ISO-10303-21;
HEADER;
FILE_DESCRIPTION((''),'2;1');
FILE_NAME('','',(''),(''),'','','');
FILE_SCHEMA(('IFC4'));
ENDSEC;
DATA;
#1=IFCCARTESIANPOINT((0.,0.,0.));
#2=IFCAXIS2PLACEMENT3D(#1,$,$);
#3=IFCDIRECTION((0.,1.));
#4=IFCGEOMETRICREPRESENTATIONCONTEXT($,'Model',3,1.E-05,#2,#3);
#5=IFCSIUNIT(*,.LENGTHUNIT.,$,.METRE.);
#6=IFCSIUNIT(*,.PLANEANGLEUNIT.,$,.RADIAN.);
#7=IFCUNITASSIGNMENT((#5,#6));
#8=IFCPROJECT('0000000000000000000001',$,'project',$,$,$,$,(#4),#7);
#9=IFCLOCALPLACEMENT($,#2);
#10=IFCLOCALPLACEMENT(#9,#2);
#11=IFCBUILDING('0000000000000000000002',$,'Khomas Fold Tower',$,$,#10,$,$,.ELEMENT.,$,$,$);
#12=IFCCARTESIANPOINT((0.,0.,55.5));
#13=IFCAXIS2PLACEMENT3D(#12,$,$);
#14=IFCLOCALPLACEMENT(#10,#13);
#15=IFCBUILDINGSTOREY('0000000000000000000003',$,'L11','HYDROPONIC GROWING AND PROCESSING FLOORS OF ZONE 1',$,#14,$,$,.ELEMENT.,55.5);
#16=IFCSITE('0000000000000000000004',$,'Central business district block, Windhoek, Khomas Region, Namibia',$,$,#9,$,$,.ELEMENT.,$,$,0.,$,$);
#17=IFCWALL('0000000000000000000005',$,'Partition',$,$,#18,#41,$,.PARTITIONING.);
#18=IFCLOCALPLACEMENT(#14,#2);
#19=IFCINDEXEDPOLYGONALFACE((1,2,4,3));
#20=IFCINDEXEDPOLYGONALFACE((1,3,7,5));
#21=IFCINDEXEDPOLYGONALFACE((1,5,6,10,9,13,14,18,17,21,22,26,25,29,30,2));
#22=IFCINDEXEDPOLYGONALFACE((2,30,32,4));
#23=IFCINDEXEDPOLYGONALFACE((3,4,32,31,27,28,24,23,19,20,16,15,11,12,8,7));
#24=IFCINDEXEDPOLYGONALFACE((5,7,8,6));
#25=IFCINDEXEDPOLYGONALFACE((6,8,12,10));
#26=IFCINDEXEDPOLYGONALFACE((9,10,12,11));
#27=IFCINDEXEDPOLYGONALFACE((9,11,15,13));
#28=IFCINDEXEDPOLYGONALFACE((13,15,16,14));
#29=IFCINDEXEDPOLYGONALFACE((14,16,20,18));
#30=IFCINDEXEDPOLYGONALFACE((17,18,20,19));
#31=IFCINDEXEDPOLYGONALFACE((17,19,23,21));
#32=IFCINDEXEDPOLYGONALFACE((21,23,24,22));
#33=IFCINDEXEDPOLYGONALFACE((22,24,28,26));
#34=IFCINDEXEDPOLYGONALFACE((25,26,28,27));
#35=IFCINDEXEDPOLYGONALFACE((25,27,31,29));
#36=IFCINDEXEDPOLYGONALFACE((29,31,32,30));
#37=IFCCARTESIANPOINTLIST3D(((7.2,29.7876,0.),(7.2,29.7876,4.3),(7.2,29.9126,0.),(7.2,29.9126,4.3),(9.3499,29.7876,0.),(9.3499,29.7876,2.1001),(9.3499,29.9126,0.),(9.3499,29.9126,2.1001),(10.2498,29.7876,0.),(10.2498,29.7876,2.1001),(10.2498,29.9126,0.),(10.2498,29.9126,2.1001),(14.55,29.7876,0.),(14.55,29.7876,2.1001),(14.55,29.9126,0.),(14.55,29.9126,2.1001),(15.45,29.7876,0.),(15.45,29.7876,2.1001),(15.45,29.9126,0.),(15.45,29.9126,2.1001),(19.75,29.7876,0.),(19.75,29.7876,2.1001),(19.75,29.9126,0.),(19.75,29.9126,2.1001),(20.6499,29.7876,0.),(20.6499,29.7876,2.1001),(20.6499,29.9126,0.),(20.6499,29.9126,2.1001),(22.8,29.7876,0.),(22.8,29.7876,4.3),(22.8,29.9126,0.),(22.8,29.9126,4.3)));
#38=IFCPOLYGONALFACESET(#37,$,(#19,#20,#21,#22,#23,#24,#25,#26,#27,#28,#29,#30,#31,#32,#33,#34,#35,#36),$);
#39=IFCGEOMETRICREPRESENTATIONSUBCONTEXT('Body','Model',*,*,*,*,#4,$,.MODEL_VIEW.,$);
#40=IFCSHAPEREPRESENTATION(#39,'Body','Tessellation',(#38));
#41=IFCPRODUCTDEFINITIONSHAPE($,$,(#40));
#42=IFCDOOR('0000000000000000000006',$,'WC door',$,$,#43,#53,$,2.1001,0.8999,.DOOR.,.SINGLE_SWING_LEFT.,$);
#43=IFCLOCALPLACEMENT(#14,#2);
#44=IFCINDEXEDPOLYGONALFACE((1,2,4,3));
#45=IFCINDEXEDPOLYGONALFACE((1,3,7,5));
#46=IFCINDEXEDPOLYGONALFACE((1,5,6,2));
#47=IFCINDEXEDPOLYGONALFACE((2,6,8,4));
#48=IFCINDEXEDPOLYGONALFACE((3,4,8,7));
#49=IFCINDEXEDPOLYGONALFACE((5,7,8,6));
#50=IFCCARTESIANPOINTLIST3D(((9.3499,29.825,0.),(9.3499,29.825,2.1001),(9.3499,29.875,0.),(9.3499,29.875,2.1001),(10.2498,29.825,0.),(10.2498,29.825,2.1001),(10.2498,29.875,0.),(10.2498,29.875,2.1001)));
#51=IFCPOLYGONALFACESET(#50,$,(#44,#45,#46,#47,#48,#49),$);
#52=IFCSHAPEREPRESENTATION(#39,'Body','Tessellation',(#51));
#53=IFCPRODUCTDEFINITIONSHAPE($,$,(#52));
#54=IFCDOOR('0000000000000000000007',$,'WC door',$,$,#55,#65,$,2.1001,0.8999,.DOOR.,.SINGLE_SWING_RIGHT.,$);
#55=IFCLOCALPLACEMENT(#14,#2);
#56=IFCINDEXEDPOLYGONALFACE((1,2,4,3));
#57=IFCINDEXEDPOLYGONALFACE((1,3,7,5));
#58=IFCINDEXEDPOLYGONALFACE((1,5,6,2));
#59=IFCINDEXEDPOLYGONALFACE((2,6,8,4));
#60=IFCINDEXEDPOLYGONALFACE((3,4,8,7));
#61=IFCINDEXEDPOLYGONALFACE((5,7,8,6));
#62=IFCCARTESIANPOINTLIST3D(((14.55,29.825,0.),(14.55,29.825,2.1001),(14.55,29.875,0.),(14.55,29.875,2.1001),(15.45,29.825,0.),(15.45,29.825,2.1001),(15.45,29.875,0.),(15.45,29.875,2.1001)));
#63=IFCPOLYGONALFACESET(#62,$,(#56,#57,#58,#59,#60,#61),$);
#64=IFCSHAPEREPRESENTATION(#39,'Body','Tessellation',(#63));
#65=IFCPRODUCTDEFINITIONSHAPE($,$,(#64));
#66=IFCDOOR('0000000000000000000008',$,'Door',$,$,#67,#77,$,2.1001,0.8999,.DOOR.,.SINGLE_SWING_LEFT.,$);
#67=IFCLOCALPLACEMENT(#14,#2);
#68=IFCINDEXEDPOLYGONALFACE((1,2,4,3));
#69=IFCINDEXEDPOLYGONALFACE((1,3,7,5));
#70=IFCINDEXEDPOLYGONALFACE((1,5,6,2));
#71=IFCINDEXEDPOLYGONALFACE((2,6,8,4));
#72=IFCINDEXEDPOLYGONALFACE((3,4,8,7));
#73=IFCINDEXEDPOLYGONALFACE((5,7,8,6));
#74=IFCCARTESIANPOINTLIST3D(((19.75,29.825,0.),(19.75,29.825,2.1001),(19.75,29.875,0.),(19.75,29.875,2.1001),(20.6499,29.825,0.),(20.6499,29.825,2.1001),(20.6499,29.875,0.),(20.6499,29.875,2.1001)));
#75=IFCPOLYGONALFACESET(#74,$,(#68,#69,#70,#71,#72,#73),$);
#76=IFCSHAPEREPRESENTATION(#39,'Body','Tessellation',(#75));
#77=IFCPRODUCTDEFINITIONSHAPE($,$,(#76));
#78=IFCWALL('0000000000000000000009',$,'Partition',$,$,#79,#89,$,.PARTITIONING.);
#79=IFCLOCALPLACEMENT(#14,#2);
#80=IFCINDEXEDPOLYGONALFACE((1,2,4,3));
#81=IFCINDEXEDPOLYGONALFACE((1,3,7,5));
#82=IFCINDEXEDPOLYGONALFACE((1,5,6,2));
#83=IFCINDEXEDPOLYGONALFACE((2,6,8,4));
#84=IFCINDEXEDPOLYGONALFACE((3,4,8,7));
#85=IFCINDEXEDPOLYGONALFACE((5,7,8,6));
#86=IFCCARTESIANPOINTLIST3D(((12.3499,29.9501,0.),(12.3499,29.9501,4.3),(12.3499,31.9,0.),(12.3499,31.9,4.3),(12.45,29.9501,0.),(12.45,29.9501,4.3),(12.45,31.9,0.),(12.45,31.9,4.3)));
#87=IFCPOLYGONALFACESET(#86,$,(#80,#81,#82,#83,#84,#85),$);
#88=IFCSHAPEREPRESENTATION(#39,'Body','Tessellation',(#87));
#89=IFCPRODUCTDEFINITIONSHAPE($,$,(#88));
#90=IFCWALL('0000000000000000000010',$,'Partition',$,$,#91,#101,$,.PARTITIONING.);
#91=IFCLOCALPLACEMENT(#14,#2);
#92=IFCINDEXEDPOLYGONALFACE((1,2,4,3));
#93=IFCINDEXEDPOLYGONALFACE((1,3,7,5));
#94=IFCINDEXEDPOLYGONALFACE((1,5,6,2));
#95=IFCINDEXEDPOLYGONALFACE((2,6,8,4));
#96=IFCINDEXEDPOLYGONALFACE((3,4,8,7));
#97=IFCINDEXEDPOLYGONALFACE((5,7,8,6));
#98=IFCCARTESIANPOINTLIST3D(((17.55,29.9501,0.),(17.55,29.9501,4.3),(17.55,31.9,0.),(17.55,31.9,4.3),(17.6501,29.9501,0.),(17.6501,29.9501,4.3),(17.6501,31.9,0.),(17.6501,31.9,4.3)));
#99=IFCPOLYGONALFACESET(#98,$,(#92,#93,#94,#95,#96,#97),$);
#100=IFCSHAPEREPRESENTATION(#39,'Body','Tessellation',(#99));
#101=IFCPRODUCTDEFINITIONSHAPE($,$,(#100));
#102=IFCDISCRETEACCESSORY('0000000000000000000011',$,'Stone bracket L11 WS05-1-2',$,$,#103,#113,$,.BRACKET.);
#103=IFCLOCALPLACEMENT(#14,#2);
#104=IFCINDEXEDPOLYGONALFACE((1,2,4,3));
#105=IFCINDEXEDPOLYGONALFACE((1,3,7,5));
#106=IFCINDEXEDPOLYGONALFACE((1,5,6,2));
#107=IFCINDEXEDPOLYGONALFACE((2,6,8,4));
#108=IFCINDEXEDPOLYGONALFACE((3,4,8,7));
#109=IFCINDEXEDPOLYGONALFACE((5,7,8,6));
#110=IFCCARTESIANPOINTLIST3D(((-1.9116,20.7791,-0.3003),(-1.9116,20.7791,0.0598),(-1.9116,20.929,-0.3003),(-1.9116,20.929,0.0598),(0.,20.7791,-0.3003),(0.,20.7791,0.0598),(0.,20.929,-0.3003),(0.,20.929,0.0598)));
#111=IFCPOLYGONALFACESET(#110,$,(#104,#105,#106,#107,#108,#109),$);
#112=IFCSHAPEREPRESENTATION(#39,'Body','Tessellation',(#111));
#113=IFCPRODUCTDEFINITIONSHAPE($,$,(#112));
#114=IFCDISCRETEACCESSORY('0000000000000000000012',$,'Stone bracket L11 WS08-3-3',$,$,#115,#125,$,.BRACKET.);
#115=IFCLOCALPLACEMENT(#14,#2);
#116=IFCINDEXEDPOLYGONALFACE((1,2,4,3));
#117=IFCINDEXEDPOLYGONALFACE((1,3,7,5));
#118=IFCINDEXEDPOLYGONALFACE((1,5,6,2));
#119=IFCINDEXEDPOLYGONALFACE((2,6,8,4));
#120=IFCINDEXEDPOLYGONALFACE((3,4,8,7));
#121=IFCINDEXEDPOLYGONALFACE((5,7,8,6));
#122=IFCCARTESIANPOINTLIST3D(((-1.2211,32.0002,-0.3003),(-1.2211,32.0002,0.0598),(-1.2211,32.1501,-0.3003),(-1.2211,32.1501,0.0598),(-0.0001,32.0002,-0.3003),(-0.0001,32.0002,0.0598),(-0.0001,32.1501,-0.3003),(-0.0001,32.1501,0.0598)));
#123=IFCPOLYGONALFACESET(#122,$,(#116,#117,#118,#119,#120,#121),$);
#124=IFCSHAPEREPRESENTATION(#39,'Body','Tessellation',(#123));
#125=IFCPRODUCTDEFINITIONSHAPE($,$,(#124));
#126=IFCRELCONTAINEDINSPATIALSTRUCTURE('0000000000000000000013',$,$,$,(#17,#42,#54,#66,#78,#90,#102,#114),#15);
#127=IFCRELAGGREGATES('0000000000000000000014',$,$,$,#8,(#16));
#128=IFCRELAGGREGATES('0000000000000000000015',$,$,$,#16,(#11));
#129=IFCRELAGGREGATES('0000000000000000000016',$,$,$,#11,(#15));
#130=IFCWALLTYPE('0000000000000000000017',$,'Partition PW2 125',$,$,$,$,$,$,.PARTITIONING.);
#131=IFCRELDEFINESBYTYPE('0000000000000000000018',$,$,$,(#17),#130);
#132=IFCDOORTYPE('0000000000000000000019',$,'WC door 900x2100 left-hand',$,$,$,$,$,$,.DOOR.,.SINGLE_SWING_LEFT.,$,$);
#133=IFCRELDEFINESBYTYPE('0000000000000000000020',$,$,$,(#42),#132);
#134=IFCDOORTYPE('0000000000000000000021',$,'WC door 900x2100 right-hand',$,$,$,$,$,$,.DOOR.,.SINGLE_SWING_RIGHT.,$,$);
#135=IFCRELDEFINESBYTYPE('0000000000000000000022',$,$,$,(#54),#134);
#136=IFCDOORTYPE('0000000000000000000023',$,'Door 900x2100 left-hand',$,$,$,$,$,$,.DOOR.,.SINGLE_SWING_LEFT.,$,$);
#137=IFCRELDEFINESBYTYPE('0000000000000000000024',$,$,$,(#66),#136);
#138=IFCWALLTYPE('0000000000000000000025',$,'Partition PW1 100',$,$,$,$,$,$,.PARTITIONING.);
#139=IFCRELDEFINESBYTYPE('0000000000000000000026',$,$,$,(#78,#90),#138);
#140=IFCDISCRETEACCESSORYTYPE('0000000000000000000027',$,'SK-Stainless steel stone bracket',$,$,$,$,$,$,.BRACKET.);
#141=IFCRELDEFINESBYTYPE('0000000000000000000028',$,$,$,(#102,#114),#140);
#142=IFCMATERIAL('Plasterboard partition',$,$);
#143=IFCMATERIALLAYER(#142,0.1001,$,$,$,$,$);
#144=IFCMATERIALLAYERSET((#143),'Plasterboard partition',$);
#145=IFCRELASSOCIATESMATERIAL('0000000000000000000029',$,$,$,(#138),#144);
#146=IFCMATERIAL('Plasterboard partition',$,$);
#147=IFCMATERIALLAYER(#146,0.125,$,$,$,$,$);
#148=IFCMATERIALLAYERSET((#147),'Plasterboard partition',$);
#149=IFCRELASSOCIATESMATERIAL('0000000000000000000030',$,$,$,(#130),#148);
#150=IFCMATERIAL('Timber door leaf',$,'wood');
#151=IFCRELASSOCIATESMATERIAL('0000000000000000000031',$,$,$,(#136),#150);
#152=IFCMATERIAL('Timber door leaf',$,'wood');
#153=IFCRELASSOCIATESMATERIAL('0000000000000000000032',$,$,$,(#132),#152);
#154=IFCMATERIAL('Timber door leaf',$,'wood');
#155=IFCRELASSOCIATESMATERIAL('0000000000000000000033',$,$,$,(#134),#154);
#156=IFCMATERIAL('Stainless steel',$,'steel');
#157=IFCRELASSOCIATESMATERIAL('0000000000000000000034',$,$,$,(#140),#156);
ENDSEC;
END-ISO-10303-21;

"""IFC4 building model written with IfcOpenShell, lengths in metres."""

from ifc_helpers import new_model, si_unit, direction, frame, frame_2d, origin, origin_2d, place, context, subcontext, project, spatial, rectangle, extrude, source, transform, mapped, material, layer, layer_set, type_object, element, fill, save


model = new_model("IFC4")

# Units and contexts
model_context = context("Model", 3, precision=1e-05, world=origin(), true_north=direction((0.0, 1.0)))
body_context = subcontext(model_context, "Body", "Model", "MODEL_VIEW")
ifc_project = project(units=[si_unit("LENGTHUNIT", "METRE"), si_unit("PLANEANGLEUNIT", "RADIAN")], contexts=[model_context])

# Site, building, storey
site_placement = place(None, origin())
site = spatial("IfcSite", under=ifc_project, at=site_placement, Name="Central business district block, Windhoek, Khomas Region, Namibia", CompositionType="ELEMENT", RefElevation=0.0)
building_placement = place(site_placement, origin())
building = spatial("IfcBuilding", under=site, at=building_placement, Name="Khomas Fold Tower", CompositionType="ELEMENT")
storey_placement = place(building_placement, frame((0.0, 0.0, 55.5)))
storey = spatial("IfcBuildingStorey", under=building, at=storey_placement, Name="L11", Description="HYDROPONIC GROWING AND PROCESSING FLOORS OF ZONE 1", CompositionType="ELEMENT", Elevation=55.5)

# Shared definitions
ifc_material_1 = material(Name="Plasterboard partition")
ifc_layer_1 = layer(ifc_material_1, 0.1001)
ifc_layer_set_1 = layer_set([ifc_layer_1], Name="Plasterboard partition")
wall_type_1 = type_object("IfcWallType", Name="Partition PW1 100", PredefinedType="PARTITIONING", material=ifc_layer_set_1)

# Shared definitions
ifc_material_2 = material(Name="Plasterboard partition")
ifc_layer_2 = layer(ifc_material_2, 0.125)
ifc_layer_set_2 = layer_set([ifc_layer_2], Name="Plasterboard partition")
wall_type_2 = type_object("IfcWallType", Name="Partition PW2 125", PredefinedType="PARTITIONING", material=ifc_layer_set_2)
shared_shape_1 = source(origin(), body_context, "Body", "SweptSolid", [
    extrude(rectangle(XDim=0.8999, YDim=2.1001, at=frame_2d((0.45, 1.05))), frame((0.0, 0.0249, 0.0), z_axis=(0.0, -1.0, 0.0), x_axis=(1.0, 0.0, 0.0)), (0.0, 0.0, 1.0), 0.05),
])
shared_shape_2 = source(origin(), body_context, "Body", "SweptSolid", [
    extrude(rectangle(XDim=0.8999, YDim=2.1001, at=frame_2d((0.45, 1.05))), frame((0.0, 0.0725, 0.0), z_axis=(0.0, -1.0, 0.0), x_axis=(1.0, 0.0, 0.0)), (0.0, 0.0, 1.0), 0.145),
])
ifc_material_3 = material(Name="Timber door leaf", Category="wood")
door_type_1 = type_object("IfcDoorType", Name="Door 900x2100 left-hand", OperationType="SINGLE_SWING_LEFT", PredefinedType="DOOR", material=ifc_material_3)

# Wall, openings, doors
shared_shape_3 = source(origin(), body_context, "Body", "SweptSolid", [
    extrude(rectangle(XDim=15.6001, YDim=0.125, at=frame_2d((7.8, 0.0))), origin(), (0.0, 0.0, 1.0), 4.3),
])
wall_1_placement = place(storey_placement, frame((7.2, 29.8501, 0.0), z_axis=(0.0, 0.0, 1.0), x_axis=(1.0, 0.0, 0.0)))
wall_1 = element("IfcWall", 1, at=wall_1_placement, inside=storey, type_object=wall_type_2, Name="Partition", PredefinedType="PARTITIONING", context=body_context, shape_type="MappedRepresentation", body=[
    mapped(shared_shape_3, transform((0.0, 0.0, 0.0))),
])
opening_1_placement = place(wall_1_placement, frame((2.1499, 0.0, 0.0)))
opening_1 = element("IfcOpeningElement", 2, at=opening_1_placement, cuts=wall_1, PredefinedType="OPENING", context=body_context, shape_type="MappedRepresentation", body=[
    mapped(shared_shape_2, transform((0.0, 0.0, 0.0))),
])
opening_2_placement = place(wall_1_placement, frame((7.3501, 0.0, 0.0)))
opening_2 = element("IfcOpeningElement", 3, at=opening_2_placement, cuts=wall_1, PredefinedType="OPENING", context=body_context, shape_type="MappedRepresentation", body=[
    mapped(shared_shape_2, transform((0.0, 0.0, 0.0))),
])
opening_3_placement = place(wall_1_placement, frame((12.55, 0.0, 0.0)))
opening_3 = element("IfcOpeningElement", 4, at=opening_3_placement, cuts=wall_1, PredefinedType="OPENING", context=body_context, shape_type="MappedRepresentation", body=[
    mapped(shared_shape_2, transform((0.0, 0.0, 0.0))),
])
ifc_material_4 = material(Name="Timber door leaf", Category="wood")
door_type_2 = type_object("IfcDoorType", Name="WC door 900x2100 left-hand", OperationType="SINGLE_SWING_LEFT", PredefinedType="DOOR", material=ifc_material_4)
door_1_placement = place(opening_1_placement, origin())
door_1 = element("IfcDoor", 5, at=door_1_placement, inside=storey, type_object=door_type_2, Name="WC door", OperationType="SINGLE_SWING_LEFT", OverallHeight=2.1001, OverallWidth=0.8999, PredefinedType="DOOR", context=body_context, shape_type="MappedRepresentation", body=[
    mapped(shared_shape_1, transform((0.0, 0.0, 0.0))),
])
fill(opening_1, door_1)
ifc_material_5 = material(Name="Timber door leaf", Category="wood")
door_type_3 = type_object("IfcDoorType", Name="WC door 900x2100 right-hand", OperationType="SINGLE_SWING_RIGHT", PredefinedType="DOOR", material=ifc_material_5)
door_2_placement = place(opening_2_placement, origin())
door_2 = element("IfcDoor", 6, at=door_2_placement, inside=storey, type_object=door_type_3, Name="WC door", OperationType="SINGLE_SWING_RIGHT", OverallHeight=2.1001, OverallWidth=0.8999, PredefinedType="DOOR", context=body_context, shape_type="MappedRepresentation", body=[
    mapped(shared_shape_1, transform((0.0, 0.0, 0.0))),
])
fill(opening_2, door_2)
door_3_placement = place(opening_3_placement, origin())
door_3 = element("IfcDoor", 7, at=door_3_placement, inside=storey, type_object=door_type_1, Name="Door", OperationType="SINGLE_SWING_LEFT", OverallHeight=2.1001, OverallWidth=0.8999, PredefinedType="DOOR", context=body_context, shape_type="MappedRepresentation", body=[
    mapped(shared_shape_1, transform((0.0, 0.0, 0.0))),
])
fill(opening_3, door_3)

# Walls
shared_shape_4 = source(origin(), body_context, "Body", "SweptSolid", [
    extrude(rectangle(XDim=1.95, YDim=0.1001, at=frame_2d((0.9751, 0.0))), origin(), (0.0, 0.0, 1.0), 4.3),
])
for number, where, z_axis, x_axis, name in (
    (8, (12.3999, 29.95, 0.0), (0.0, 0.0, 1.0), (0.0, 1.0, 0.0), "Partition"),
    (9, (17.6001, 29.95, 0.0), (0.0, 0.0, 1.0), (0.0, 1.0, 0.0), "Partition"),
):
    element("IfcWall", number, at=place(storey_placement, frame(where, z_axis=z_axis, x_axis=x_axis)), inside=storey, type_object=wall_type_1, Name=name, PredefinedType="PARTITIONING", context=body_context, shape_type="MappedRepresentation", body=[
        mapped(shared_shape_4, transform((0.0, 0.0, 0.0))),
    ])

# Discrete accessories
ifc_material_6 = material(Name="Stainless steel", Category="steel")
discrete_accessory_type = type_object("IfcDiscreteAccessoryType", Name="SK-Stainless steel stone bracket", PredefinedType="BRACKET", material=ifc_material_6)
shared_shape_5 = source(origin(), body_context, "Body", "SweptSolid", [
    extrude(rectangle(XDim=1.9116, YDim=0.1499, at=origin_2d()), origin(), (0.0, 0.0, 1.0), 0.3601),
])
discrete_accessory_1_placement = place(storey_placement, frame((-0.9558, 20.854, -0.3003), z_axis=(0.0, 0.0, 1.0), x_axis=(-1.0, 0.0, 0.0)))
element("IfcDiscreteAccessory", 10, at=discrete_accessory_1_placement, inside=storey, type_object=discrete_accessory_type, Name="Stone bracket L11 WS05-1-2", PredefinedType="BRACKET", context=body_context, shape_type="MappedRepresentation", body=[
    mapped(shared_shape_5, transform((0.0, 0.0, 0.0))),
])
shared_shape_6 = source(origin(), body_context, "Body", "SweptSolid", [
    extrude(rectangle(XDim=1.2209, YDim=0.1499, at=origin_2d()), origin(), (0.0, 0.0, 1.0), 0.3601),
])
discrete_accessory_2_placement = place(storey_placement, frame((-0.6106, 32.0752, -0.3003), z_axis=(0.0, 0.0, 1.0), x_axis=(-1.0, 0.0, 0.0)))
element("IfcDiscreteAccessory", 11, at=discrete_accessory_2_placement, inside=storey, type_object=discrete_accessory_type, Name="Stone bracket L11 WS08-3-3", PredefinedType="BRACKET", context=body_context, shape_type="MappedRepresentation", body=[
    mapped(shared_shape_6, transform((0.0, 0.0, 0.0))),
])

save(model, "model.ifc")
